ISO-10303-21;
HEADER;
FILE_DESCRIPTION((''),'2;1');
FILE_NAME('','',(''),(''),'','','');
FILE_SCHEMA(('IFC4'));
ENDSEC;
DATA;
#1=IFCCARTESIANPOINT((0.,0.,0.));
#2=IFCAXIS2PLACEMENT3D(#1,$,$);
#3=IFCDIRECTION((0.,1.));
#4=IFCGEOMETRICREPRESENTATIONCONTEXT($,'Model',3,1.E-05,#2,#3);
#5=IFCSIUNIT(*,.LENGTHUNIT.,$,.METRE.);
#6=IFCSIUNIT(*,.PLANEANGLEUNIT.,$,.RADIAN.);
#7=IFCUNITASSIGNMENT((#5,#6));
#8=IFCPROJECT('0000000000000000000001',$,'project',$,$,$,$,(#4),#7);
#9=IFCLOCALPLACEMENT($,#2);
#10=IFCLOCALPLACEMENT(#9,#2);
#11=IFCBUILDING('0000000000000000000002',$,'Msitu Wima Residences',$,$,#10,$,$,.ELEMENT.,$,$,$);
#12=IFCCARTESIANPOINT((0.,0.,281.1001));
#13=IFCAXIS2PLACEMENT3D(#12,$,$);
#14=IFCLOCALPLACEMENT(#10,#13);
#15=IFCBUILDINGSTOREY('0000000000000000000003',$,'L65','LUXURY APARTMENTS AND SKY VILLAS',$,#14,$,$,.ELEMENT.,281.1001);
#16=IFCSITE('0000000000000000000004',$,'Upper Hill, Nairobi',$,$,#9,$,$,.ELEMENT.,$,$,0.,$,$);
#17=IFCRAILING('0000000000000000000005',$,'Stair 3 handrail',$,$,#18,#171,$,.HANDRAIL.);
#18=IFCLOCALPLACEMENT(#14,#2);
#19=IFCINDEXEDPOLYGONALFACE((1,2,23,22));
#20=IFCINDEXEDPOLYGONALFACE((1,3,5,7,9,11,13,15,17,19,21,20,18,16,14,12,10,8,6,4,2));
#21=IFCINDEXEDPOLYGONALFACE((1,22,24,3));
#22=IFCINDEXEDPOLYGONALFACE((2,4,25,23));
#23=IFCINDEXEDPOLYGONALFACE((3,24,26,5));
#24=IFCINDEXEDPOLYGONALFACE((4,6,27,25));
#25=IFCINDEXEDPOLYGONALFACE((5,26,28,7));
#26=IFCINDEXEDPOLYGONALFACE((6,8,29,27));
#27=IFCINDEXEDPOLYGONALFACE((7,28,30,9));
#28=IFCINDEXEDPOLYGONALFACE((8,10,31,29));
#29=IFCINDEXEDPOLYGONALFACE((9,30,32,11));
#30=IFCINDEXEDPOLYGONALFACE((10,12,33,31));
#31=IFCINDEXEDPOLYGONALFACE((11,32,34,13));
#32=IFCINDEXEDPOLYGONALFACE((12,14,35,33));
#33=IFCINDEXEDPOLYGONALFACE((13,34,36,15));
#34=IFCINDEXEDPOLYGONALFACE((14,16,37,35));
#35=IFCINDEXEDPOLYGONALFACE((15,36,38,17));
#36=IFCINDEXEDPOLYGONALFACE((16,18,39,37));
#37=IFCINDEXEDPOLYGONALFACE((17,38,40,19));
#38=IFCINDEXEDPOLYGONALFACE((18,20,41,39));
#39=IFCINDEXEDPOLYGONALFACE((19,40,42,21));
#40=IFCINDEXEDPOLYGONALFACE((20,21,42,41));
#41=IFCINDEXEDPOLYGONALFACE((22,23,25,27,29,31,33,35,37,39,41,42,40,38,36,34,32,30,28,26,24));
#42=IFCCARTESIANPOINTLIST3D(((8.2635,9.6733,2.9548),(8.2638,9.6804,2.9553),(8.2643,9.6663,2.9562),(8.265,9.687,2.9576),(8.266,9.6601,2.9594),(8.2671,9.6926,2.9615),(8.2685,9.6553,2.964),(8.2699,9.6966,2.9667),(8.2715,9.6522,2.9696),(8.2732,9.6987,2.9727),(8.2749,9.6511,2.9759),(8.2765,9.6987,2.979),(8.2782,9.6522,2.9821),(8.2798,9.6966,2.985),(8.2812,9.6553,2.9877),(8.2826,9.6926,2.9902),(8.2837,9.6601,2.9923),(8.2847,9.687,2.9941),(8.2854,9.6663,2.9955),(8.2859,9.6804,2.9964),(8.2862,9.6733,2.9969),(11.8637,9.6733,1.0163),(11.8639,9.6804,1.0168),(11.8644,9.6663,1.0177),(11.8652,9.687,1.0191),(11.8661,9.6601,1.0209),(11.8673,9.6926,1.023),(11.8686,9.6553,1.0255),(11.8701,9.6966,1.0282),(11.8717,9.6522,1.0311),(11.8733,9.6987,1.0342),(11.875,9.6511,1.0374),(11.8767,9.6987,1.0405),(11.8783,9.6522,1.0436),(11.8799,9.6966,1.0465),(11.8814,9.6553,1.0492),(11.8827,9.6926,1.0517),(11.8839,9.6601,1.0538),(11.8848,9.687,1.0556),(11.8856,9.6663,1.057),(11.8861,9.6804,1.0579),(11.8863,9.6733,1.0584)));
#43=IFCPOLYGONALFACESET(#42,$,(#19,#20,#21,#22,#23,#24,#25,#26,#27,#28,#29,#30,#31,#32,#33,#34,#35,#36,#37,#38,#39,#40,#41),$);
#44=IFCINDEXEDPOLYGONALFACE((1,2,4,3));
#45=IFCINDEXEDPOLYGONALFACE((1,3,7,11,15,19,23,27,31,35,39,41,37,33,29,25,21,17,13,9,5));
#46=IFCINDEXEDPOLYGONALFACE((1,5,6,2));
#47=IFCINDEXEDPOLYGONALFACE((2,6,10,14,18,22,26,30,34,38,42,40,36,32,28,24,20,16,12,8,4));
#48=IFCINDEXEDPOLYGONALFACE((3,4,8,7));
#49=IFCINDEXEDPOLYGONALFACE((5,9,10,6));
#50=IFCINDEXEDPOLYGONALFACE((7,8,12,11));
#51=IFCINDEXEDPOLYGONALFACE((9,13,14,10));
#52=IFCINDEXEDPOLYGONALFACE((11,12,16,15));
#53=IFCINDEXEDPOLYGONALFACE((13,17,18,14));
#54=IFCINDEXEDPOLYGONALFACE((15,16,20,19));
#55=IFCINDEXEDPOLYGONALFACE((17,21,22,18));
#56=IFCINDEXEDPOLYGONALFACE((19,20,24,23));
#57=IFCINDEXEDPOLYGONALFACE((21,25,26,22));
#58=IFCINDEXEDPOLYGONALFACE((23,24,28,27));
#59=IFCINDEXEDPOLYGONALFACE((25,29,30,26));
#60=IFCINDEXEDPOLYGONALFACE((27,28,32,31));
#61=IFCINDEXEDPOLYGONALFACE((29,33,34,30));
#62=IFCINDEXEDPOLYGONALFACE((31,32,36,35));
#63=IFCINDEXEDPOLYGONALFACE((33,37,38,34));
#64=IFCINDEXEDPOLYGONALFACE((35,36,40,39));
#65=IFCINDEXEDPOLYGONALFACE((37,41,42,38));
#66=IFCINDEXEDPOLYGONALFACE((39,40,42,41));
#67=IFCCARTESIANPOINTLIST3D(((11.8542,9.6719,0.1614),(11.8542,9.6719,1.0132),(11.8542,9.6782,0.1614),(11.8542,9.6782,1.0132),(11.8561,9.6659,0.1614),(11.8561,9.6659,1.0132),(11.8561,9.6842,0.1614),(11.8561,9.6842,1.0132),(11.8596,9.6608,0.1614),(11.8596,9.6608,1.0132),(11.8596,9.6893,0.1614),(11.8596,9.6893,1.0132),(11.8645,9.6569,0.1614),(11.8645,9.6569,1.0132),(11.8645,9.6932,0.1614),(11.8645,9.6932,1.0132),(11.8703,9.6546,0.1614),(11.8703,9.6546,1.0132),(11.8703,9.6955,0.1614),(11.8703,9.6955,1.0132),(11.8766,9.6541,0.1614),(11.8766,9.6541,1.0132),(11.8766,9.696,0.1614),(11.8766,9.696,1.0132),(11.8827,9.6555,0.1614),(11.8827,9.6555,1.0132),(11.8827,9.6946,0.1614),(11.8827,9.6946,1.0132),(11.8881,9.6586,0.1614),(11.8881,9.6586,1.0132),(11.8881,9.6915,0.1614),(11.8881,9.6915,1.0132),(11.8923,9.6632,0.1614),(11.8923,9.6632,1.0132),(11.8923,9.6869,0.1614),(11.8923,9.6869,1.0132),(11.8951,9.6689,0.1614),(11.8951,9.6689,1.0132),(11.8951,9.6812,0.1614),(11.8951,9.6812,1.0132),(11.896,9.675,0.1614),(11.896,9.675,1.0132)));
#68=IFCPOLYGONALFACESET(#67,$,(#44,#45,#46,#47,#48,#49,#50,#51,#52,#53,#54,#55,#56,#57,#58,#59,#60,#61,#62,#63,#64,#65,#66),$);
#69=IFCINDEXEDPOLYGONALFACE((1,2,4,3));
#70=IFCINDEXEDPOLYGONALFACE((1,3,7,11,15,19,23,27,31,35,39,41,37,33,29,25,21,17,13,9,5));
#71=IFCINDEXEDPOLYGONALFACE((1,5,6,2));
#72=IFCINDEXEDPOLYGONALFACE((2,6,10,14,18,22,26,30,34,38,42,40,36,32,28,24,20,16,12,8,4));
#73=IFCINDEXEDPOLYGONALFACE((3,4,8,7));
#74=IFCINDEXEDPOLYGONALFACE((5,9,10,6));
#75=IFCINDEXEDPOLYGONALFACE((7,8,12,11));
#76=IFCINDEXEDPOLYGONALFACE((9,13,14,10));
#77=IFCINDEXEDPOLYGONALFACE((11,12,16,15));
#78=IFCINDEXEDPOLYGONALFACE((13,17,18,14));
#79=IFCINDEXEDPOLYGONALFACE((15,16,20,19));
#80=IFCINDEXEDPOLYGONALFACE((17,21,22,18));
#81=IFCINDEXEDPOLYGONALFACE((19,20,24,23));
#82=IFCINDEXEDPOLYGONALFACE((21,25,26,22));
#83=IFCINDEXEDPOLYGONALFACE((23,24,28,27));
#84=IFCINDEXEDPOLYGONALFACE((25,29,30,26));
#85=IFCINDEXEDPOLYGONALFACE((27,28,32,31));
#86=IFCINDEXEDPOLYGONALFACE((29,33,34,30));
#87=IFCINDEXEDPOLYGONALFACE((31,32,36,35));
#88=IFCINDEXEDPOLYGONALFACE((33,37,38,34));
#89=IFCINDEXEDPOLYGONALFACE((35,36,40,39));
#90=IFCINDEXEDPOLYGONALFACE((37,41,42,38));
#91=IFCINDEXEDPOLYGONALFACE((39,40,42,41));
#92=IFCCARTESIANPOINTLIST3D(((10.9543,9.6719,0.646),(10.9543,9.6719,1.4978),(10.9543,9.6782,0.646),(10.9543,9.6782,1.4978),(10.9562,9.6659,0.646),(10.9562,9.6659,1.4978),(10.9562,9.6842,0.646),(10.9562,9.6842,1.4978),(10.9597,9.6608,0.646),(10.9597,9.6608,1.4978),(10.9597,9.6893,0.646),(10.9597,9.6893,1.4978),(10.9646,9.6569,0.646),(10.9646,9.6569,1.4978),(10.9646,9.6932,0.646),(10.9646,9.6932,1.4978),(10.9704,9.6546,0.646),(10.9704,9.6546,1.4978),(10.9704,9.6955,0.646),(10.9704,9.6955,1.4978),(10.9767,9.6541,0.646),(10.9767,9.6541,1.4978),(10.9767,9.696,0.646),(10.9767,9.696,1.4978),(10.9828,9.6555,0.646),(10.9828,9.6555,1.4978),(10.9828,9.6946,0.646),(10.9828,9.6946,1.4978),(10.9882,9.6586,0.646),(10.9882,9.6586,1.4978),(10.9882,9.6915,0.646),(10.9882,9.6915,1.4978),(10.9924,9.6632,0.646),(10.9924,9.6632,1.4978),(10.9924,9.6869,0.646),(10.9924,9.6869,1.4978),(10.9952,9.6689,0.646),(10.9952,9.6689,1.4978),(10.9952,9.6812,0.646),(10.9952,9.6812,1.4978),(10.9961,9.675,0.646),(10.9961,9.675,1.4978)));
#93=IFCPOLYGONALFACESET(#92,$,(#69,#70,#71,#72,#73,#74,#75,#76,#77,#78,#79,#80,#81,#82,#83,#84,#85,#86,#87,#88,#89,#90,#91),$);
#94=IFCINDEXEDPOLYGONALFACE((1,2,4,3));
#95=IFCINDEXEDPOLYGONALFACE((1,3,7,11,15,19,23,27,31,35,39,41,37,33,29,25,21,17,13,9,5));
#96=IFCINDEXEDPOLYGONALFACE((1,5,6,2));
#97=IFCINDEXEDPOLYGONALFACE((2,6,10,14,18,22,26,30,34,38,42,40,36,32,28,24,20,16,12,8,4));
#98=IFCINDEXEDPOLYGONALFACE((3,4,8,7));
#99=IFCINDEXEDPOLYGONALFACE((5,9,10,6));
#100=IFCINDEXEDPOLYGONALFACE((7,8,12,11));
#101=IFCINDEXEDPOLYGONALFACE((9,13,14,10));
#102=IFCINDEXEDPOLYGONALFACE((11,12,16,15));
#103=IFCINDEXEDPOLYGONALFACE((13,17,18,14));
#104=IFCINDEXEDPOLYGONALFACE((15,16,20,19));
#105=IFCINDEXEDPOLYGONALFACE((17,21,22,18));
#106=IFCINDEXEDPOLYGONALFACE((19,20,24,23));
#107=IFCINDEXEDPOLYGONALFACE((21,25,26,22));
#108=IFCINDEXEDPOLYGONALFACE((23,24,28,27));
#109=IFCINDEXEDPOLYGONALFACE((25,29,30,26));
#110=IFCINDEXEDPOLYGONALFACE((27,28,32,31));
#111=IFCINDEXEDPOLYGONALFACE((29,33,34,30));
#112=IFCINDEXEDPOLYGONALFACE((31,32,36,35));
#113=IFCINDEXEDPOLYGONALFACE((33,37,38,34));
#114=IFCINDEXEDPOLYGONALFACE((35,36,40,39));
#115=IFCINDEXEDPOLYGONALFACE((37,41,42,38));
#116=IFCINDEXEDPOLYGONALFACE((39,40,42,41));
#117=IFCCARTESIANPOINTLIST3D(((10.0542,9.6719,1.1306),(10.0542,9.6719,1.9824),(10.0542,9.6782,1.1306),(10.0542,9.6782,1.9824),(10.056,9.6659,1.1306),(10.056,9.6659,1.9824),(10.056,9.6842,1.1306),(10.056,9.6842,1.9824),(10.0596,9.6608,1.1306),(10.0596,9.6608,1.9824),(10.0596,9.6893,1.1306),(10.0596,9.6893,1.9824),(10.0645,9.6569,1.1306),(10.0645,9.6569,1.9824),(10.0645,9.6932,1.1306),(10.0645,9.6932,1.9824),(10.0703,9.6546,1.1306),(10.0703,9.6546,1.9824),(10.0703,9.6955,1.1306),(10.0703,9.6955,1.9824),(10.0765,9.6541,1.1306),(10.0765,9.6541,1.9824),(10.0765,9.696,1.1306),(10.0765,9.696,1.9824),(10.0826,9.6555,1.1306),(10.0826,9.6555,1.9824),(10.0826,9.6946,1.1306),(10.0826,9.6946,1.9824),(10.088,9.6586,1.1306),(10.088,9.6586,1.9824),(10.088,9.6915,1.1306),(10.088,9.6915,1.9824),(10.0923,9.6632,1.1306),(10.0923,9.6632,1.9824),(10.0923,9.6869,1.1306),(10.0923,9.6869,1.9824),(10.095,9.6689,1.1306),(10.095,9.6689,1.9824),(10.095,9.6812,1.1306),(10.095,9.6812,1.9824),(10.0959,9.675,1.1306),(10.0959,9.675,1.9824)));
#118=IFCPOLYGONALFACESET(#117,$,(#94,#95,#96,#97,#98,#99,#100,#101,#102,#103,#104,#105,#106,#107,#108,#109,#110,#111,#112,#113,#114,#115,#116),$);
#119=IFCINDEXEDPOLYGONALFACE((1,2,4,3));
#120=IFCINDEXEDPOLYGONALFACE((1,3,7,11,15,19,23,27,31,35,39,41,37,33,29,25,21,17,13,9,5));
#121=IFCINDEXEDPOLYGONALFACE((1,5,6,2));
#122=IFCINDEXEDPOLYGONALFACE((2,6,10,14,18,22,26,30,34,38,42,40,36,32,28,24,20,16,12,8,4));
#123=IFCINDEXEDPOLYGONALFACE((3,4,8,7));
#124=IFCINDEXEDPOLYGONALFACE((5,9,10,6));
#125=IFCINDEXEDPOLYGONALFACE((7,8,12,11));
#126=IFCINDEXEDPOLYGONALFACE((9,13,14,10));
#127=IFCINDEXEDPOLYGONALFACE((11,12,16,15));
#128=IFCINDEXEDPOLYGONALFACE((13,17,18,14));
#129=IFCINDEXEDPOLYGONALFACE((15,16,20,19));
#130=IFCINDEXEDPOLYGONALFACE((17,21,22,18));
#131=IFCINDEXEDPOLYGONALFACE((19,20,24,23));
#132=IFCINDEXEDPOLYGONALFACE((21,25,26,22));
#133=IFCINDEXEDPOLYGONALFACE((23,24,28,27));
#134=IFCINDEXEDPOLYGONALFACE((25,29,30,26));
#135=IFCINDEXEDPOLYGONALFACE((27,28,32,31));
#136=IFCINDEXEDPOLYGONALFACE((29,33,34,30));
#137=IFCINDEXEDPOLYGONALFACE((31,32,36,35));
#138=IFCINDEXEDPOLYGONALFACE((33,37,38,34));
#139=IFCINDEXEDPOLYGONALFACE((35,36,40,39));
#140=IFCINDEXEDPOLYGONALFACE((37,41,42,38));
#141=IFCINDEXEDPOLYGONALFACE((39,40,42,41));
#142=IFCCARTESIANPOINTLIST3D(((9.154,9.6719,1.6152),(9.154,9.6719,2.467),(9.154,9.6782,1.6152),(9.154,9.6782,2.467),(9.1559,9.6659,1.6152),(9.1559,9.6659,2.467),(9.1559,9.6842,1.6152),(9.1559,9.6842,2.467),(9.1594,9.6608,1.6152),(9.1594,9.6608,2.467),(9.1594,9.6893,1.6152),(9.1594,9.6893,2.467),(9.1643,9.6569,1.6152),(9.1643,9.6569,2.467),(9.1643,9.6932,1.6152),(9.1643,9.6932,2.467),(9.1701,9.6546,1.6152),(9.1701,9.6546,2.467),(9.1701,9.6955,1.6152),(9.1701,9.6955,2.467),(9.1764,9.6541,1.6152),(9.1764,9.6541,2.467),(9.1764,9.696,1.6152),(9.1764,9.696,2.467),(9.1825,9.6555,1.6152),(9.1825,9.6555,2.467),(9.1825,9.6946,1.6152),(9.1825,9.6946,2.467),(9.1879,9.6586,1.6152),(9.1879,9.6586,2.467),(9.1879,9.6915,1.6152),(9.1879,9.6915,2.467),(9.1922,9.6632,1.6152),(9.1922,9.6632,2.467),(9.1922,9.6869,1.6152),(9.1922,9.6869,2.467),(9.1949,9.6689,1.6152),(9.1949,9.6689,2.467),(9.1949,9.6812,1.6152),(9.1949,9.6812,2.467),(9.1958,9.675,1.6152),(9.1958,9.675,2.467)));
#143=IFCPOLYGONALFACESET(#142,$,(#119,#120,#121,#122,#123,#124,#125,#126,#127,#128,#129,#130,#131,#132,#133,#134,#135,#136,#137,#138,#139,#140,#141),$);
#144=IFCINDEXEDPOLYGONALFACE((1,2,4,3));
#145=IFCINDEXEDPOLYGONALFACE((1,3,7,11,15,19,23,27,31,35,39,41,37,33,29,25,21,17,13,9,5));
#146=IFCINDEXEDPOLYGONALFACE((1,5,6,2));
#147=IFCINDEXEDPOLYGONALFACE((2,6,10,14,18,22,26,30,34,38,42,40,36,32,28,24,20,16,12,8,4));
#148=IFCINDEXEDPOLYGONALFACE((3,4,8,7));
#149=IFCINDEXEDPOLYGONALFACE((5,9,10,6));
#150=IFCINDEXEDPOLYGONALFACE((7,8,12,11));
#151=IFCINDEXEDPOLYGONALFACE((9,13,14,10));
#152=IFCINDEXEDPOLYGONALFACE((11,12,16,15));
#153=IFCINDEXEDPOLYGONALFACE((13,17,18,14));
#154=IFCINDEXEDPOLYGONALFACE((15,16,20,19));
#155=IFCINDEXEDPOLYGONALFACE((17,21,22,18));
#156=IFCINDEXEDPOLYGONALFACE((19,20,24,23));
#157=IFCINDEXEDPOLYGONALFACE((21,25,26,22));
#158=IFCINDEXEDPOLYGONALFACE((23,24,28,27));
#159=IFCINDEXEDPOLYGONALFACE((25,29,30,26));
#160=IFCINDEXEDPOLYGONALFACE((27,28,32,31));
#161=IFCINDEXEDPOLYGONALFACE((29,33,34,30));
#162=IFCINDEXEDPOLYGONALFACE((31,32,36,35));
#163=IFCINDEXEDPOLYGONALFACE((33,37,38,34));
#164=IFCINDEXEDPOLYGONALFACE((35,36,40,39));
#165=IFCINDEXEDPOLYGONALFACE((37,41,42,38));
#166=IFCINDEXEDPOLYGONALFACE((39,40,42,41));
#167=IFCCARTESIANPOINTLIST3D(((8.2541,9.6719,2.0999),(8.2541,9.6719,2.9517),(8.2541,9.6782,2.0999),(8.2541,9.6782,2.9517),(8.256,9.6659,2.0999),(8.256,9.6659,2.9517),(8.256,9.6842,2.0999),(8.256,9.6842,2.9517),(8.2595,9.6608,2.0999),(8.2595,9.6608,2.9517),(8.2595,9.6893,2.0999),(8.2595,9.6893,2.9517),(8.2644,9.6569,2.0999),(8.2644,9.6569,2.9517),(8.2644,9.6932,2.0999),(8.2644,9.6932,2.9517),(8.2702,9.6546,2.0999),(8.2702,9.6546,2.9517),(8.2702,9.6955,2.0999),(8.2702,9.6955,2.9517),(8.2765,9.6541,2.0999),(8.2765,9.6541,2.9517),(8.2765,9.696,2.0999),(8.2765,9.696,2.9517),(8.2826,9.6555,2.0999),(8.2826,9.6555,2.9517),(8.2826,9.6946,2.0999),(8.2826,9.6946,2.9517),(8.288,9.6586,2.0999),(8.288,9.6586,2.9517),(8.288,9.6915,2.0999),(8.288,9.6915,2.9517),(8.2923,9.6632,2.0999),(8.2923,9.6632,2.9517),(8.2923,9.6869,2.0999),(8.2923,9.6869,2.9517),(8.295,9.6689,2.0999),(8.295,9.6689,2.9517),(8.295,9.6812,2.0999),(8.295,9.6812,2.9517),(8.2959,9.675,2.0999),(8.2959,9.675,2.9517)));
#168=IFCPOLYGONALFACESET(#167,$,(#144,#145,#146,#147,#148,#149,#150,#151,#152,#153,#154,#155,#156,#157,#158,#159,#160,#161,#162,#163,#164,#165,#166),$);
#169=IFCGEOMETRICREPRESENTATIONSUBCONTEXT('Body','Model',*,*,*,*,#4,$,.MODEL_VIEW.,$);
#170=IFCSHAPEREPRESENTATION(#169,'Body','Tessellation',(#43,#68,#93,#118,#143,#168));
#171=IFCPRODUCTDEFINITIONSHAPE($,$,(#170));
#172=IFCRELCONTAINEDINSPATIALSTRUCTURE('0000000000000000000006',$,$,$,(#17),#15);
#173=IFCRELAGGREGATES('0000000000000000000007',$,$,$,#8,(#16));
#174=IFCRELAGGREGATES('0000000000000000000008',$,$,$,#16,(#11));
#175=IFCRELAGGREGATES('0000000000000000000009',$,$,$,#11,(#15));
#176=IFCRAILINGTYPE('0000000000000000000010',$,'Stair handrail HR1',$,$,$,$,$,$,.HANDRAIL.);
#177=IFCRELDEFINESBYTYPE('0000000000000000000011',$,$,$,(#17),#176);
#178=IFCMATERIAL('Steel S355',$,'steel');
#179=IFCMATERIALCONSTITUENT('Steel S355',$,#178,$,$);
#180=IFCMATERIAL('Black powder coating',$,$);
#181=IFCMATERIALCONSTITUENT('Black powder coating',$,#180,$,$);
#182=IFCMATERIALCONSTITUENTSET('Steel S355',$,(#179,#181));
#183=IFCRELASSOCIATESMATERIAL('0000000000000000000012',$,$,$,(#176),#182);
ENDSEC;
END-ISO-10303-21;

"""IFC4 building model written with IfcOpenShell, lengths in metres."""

from ifc_helpers import new_model, si_unit, direction, frame, origin, origin_2d, place, context, subcontext, project, spatial, circle, extrude, material, constituent, constituent_set, type_object, element, save


model = new_model("IFC4")

# Units and contexts
model_context = context("Model", 3, precision=1e-05, world=origin(), true_north=direction((0.0, 1.0)))
body_context = subcontext(model_context, "Body", "Model", "MODEL_VIEW")
ifc_project = project(units=[si_unit("LENGTHUNIT", "METRE"), si_unit("PLANEANGLEUNIT", "RADIAN")], contexts=[model_context])

# Site, building, storey
site_placement = place(None, origin())
site = spatial("IfcSite", under=ifc_project, at=site_placement, Name="Upper Hill, Nairobi", CompositionType="ELEMENT", RefElevation=0.0)
building_placement = place(site_placement, origin())
building = spatial("IfcBuilding", under=site, at=building_placement, Name="Msitu Wima Residences", CompositionType="ELEMENT")
storey_placement = place(building_placement, frame((0.0, 0.0, 281.1001)))
storey = spatial("IfcBuildingStorey", under=building, at=storey_placement, Name="L65", Description="LUXURY APARTMENTS AND SKY VILLAS", CompositionType="ELEMENT", Elevation=281.1001)

# Railing
ifc_material_1 = material(Name="Steel S355", Category="steel")
ifc_constituent_1 = constituent(ifc_material_1, Name="Steel S355")
ifc_material_2 = material(Name="Black powder coating")
ifc_constituent_2 = constituent(ifc_material_2, Name="Black powder coating")
ifc_constituent_set_1 = constituent_set(constituents=[ifc_constituent_1, ifc_constituent_2], Name="Steel S355")
railing_type_1 = type_object("IfcRailingType", Name="Stair handrail HR1", PredefinedType="HANDRAIL", material=ifc_constituent_set_1)
for number, where, name in (
    (1, (11.875, 9.675, 0.1614), "Stair 3 handrail"),
):
    element("IfcRailing", number, at=place(storey_placement, frame(where)), inside=storey, type_object=railing_type_1, Name=name, PredefinedType="HANDRAIL", context=body_context, shape_type="SweptSolid", body=[
        extrude(circle(Radius=0.0239, at=origin_2d()), frame((0.0, 0.0, 0.876), z_axis=(-0.880475, 0.0, 0.474093), x_axis=(0.0, -1.0, 0.0)), (0.0, 0.0, 1.0), 4.0889),
        extrude(circle(Radius=0.021, at=origin_2d()), origin(), (0.0, 0.0, 1.0), 0.8518),
        extrude(circle(Radius=0.021, at=origin_2d()), frame((-0.8999, 0.0, 0.4846)), (0.0, 0.0, 1.0), 0.8518),
        extrude(circle(Radius=0.021, at=origin_2d()), frame((-1.8, 0.0, 0.9692)), (0.0, 0.0, 1.0), 0.8518),
        extrude(circle(Radius=0.021, at=origin_2d()), frame((-2.7002, 0.0, 1.4539)), (0.0, 0.0, 1.0), 0.8518),
        extrude(circle(Radius=0.021, at=origin_2d()), frame((-3.6001, 0.0, 1.9385)), (0.0, 0.0, 1.0), 0.8518),
    ])

save(model, "model.ifc")
